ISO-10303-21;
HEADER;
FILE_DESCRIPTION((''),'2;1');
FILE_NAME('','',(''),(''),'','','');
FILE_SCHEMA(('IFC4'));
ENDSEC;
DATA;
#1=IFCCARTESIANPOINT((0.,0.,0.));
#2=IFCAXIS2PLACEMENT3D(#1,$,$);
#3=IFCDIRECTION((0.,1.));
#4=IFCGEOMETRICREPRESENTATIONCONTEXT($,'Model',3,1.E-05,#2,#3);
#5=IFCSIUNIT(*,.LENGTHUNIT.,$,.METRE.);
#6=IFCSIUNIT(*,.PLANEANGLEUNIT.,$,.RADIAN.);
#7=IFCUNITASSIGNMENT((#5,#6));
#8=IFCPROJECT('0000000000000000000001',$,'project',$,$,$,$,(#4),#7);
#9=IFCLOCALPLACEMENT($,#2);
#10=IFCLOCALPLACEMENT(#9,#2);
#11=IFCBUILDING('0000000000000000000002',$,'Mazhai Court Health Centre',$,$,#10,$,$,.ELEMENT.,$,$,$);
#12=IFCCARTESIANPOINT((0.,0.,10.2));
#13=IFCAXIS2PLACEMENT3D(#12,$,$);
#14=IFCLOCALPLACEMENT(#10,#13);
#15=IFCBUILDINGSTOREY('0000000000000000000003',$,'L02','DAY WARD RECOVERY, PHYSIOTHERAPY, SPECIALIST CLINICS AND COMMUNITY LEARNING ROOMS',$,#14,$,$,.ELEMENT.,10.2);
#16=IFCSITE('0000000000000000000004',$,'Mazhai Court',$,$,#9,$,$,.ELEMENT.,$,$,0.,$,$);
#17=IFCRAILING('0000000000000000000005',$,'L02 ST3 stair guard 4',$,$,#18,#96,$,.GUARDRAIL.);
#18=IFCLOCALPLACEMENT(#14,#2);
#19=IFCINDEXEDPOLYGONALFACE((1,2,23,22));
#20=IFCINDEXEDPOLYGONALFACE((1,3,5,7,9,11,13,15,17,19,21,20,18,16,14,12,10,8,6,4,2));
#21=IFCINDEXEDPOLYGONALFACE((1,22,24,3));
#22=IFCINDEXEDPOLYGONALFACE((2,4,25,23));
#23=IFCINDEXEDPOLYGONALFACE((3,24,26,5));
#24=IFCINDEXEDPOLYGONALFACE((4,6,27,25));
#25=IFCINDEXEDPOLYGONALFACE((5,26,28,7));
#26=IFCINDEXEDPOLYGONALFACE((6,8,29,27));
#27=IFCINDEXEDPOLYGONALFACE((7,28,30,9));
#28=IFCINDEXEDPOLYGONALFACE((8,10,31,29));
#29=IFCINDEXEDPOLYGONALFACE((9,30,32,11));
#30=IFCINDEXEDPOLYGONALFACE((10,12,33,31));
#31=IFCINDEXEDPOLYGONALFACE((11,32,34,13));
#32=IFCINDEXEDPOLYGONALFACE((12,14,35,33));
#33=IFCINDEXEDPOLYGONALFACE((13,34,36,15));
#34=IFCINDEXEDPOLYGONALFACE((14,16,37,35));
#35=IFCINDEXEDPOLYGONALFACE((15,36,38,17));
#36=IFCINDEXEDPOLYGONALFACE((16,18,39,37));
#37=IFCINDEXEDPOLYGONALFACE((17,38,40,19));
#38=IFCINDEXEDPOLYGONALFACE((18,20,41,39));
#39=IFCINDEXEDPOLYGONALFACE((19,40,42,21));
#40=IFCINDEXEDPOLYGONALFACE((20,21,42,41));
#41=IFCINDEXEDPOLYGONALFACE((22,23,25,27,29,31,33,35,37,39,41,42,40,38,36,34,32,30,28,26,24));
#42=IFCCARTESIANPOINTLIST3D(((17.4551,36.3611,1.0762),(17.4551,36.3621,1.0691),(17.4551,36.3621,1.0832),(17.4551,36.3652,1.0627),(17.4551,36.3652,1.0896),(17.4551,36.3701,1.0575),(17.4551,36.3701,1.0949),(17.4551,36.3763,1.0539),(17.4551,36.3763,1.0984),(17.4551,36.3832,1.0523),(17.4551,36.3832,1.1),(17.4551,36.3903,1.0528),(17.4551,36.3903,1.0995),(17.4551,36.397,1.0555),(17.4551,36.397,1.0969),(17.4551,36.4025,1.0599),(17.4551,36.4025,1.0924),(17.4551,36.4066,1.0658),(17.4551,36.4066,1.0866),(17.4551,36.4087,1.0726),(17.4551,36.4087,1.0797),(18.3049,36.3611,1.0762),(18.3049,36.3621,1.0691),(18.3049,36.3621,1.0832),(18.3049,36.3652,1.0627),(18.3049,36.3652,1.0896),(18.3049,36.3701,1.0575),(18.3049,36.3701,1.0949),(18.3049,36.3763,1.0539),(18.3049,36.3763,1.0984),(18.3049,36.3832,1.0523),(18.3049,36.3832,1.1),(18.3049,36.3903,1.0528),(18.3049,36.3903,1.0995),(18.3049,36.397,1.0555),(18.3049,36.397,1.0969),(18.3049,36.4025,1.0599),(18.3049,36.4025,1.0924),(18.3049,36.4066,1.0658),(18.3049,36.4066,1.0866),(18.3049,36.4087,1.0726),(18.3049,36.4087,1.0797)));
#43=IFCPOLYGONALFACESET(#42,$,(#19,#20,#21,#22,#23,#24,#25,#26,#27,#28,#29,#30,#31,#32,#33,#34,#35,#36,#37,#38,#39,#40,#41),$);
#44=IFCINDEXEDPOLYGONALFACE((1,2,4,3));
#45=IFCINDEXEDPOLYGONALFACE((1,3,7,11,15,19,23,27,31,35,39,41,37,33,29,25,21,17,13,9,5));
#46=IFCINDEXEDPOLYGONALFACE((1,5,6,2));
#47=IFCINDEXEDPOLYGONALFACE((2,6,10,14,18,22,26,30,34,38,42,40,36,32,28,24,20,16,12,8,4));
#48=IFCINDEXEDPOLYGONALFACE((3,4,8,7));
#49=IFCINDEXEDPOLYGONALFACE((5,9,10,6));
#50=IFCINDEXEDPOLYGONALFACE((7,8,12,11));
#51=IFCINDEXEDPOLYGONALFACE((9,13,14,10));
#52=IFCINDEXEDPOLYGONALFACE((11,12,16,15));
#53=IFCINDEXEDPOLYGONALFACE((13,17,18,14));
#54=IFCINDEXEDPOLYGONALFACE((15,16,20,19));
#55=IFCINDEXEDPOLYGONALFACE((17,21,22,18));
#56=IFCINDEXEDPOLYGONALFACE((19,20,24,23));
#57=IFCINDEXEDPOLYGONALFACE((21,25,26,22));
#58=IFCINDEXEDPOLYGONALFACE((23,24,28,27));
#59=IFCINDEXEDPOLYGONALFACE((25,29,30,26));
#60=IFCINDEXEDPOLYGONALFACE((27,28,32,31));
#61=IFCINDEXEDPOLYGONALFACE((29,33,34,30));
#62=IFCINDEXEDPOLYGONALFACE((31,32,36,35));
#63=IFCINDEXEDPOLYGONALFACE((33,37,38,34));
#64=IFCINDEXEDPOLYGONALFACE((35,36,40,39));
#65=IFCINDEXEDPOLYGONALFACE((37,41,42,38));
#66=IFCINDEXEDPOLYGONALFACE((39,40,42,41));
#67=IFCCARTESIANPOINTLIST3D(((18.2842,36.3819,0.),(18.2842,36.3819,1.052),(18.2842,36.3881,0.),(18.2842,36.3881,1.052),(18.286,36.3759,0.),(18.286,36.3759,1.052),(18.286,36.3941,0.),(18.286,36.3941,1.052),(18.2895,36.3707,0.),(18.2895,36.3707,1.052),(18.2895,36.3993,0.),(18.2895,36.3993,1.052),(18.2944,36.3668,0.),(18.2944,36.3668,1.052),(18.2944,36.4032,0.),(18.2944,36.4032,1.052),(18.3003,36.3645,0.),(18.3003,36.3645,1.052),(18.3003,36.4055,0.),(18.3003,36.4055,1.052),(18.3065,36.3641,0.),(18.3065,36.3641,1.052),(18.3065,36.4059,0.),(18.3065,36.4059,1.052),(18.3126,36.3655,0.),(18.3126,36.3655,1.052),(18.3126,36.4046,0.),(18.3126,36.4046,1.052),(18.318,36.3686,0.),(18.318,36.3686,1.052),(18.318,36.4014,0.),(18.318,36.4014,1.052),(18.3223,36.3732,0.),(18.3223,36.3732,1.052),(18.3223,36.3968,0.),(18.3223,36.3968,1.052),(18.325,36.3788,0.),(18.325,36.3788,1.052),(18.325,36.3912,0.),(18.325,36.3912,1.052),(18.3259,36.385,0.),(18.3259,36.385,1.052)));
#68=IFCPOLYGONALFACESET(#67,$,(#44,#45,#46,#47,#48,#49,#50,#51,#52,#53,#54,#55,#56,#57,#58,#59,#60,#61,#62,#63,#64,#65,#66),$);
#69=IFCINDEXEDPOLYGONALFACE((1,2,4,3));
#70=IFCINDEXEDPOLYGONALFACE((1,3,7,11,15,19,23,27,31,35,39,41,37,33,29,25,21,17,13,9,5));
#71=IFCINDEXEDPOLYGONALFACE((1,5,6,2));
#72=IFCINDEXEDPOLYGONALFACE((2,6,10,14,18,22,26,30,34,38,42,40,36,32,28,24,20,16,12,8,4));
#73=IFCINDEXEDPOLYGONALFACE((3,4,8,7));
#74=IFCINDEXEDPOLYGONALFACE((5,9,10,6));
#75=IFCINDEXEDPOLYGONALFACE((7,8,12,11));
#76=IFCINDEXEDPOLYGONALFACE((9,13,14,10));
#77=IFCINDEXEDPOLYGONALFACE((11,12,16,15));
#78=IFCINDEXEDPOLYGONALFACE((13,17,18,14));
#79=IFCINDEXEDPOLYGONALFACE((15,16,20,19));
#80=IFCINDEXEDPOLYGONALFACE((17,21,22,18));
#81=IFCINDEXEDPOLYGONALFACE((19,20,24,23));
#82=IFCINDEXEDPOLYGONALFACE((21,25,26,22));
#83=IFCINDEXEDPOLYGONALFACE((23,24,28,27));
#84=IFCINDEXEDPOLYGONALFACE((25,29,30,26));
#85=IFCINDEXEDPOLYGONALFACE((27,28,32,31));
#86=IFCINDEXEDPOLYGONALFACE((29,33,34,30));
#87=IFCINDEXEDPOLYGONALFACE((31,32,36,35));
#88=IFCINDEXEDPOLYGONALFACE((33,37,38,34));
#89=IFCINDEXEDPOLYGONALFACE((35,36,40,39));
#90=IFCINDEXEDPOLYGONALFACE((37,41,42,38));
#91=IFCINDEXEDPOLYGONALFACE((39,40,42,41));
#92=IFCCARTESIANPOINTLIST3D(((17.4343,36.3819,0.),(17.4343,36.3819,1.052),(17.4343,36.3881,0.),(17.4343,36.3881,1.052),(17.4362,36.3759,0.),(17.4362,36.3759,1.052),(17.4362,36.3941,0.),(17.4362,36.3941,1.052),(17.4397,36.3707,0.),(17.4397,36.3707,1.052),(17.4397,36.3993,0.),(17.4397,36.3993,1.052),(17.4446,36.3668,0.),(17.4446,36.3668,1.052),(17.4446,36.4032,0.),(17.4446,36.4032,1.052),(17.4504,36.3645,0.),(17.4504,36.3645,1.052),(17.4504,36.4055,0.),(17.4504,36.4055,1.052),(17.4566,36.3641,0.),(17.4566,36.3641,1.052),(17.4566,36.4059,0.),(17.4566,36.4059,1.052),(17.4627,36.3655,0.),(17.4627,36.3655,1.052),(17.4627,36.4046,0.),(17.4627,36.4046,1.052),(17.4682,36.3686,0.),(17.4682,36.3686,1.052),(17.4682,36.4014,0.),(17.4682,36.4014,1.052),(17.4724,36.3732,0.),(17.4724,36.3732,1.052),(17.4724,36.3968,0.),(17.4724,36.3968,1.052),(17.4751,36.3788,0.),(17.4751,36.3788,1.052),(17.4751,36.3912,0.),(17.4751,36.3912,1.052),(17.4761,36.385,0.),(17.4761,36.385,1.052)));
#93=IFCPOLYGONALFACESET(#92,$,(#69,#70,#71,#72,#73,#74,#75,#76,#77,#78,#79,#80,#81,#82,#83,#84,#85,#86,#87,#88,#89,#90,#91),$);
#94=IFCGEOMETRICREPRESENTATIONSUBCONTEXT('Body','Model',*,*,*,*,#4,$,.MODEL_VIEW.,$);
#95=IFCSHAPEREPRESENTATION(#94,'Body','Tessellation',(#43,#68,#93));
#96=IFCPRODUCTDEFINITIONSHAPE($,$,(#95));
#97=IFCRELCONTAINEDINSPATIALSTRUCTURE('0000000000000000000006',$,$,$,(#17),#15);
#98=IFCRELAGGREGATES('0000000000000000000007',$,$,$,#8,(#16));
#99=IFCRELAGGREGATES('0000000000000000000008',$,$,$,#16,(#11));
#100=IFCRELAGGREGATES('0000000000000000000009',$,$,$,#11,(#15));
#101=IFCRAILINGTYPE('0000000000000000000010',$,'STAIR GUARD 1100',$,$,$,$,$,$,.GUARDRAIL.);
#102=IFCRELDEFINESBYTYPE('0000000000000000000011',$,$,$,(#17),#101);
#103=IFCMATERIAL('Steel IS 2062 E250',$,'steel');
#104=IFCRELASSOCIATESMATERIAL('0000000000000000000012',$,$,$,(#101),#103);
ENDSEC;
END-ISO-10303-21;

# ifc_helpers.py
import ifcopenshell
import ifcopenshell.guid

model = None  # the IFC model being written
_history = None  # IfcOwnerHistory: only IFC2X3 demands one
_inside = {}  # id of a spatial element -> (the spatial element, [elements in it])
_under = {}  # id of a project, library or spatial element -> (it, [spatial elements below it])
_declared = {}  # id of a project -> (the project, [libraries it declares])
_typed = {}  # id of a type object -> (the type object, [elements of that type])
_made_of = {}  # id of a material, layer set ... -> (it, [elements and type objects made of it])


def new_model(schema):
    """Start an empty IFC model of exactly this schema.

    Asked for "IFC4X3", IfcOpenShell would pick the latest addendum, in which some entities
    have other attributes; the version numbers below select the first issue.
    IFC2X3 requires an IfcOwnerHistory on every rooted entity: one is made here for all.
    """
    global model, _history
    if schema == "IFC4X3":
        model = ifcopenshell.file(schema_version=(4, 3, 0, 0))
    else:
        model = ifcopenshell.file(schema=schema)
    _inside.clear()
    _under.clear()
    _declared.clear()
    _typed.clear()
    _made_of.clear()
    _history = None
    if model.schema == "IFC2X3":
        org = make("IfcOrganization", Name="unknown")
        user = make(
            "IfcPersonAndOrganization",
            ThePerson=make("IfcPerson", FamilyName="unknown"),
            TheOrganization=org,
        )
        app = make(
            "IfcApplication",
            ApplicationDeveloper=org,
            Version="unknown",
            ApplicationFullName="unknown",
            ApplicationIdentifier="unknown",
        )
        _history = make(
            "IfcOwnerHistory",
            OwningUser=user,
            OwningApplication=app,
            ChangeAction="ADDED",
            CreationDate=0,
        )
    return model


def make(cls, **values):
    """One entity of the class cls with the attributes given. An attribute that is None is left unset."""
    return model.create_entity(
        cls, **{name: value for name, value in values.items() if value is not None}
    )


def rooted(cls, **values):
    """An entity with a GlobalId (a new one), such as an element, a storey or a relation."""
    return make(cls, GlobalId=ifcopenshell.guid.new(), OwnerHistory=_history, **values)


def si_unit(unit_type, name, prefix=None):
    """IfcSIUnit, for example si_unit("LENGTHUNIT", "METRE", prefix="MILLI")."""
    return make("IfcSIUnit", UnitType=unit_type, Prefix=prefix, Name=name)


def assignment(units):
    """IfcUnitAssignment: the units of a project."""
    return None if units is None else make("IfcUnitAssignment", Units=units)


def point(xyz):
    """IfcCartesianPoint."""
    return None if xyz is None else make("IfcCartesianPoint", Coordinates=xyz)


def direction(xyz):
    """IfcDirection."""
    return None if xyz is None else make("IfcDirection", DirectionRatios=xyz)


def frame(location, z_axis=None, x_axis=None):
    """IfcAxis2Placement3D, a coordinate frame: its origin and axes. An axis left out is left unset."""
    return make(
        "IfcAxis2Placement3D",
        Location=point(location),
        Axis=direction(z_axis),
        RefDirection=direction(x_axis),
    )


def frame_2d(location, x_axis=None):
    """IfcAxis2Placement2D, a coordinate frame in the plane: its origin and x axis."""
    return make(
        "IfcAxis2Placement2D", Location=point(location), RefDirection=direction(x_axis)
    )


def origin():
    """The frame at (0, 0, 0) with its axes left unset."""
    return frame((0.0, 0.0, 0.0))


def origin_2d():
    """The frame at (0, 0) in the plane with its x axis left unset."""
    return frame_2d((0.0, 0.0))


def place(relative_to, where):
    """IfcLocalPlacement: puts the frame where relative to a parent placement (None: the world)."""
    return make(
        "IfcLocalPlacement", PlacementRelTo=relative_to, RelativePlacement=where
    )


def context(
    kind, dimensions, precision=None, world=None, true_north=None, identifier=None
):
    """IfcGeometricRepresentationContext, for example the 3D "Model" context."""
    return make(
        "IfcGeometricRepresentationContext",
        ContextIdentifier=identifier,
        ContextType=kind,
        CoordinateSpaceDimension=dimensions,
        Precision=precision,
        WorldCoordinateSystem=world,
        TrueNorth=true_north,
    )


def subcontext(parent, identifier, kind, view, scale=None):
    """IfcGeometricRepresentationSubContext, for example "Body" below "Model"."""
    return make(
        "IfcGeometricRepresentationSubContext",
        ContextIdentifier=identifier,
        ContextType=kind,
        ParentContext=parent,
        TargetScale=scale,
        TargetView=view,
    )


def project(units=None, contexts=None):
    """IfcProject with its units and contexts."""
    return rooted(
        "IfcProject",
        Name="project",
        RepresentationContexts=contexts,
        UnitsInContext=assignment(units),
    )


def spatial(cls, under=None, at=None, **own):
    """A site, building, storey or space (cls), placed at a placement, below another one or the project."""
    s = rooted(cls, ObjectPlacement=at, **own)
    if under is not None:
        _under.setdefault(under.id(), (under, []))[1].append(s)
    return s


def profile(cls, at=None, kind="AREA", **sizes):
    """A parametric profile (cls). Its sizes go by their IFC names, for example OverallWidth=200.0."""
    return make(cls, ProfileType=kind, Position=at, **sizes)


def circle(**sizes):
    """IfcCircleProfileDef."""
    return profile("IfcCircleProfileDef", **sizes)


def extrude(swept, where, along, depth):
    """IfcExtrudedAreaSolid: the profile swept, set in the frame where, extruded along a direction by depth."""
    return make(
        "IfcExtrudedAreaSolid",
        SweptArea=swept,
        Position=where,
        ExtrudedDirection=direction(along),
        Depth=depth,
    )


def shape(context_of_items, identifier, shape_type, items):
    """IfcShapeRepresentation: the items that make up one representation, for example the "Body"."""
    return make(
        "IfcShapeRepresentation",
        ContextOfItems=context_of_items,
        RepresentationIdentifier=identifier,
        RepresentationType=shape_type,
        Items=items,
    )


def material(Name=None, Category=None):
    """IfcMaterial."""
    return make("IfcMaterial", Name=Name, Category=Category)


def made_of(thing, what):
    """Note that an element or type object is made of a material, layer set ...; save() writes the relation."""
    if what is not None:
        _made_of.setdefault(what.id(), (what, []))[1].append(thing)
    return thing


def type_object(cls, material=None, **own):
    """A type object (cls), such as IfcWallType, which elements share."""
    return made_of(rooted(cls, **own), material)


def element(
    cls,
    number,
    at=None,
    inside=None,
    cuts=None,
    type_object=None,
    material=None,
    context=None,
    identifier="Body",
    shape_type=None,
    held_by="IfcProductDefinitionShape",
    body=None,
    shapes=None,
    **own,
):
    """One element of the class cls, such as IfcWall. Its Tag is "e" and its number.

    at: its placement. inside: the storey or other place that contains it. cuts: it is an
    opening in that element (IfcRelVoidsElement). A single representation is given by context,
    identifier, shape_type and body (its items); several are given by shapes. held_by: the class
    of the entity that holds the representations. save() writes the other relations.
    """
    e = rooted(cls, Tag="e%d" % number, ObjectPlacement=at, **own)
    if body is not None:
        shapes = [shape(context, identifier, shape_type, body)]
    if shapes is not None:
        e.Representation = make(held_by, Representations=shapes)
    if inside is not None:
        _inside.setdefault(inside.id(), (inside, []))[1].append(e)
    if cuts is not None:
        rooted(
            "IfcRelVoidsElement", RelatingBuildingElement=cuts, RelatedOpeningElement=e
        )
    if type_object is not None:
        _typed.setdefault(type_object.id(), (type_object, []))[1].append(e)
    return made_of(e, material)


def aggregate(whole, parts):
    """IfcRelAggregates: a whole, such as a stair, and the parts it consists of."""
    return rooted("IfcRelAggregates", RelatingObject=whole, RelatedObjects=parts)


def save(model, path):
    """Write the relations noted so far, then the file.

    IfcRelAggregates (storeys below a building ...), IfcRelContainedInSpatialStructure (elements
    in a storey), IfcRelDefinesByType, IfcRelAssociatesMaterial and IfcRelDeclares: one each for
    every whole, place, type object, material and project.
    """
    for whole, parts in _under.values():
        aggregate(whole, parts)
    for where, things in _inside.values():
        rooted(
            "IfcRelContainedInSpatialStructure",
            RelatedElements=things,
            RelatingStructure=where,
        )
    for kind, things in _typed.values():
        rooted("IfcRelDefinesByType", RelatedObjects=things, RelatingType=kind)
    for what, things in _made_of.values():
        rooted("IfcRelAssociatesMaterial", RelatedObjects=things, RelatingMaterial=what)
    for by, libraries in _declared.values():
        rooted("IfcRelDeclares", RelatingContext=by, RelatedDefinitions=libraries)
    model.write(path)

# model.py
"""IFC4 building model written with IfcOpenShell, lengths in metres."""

from ifc_helpers import new_model, si_unit, direction, frame, origin, origin_2d, place, context, subcontext, project, spatial, circle, extrude, material, type_object, element, save


model = new_model("IFC4")

# Units and contexts
model_context = context("Model", 3, precision=1e-05, world=origin(), true_north=direction((0.0, 1.0)))
body_context = subcontext(model_context, "Body", "Model", "MODEL_VIEW")
ifc_project = project(units=[si_unit("LENGTHUNIT", "METRE"), si_unit("PLANEANGLEUNIT", "RADIAN")], contexts=[model_context])

# Site, building, storey
site_placement = place(None, origin())
site = spatial("IfcSite", under=ifc_project, at=site_placement, Name="Mazhai Court", CompositionType="ELEMENT", RefElevation=0.0)
building_placement = place(site_placement, origin())
building = spatial("IfcBuilding", under=site, at=building_placement, Name="Mazhai Court Health Centre", CompositionType="ELEMENT")
storey_placement = place(building_placement, frame((0.0, 0.0, 10.2)))
storey = spatial("IfcBuildingStorey", under=building, at=storey_placement, Name="L02", Description="DAY WARD RECOVERY, PHYSIOTHERAPY, SPECIALIST CLINICS AND COMMUNITY LEARNING ROOMS", CompositionType="ELEMENT", Elevation=10.2)

# Railing
ifc_material_1 = material(Name="Steel IS 2062 E250", Category="steel")
railing_type_1 = type_object("IfcRailingType", Name="STAIR GUARD 1100", PredefinedType="GUARDRAIL", material=ifc_material_1)
railing_1_placement = place(storey_placement, frame((18.3049, 36.385, 0.0)))
element("IfcRailing", 1, at=railing_1_placement, inside=storey, type_object=railing_type_1, Name="L02 ST3 stair guard 4", PredefinedType="GUARDRAIL", context=body_context, shape_type="SweptSolid", body=[
    extrude(circle(Radius=0.0239, at=origin_2d()), frame((0.0, 0.0, 1.0762), z_axis=(-1.0, 0.0, 0.0), x_axis=(0.0, -1.0, 0.0)), (0.0, 0.0, 1.0), 0.8499),
    extrude(circle(Radius=0.021, at=origin_2d()), origin(), (0.0, 0.0, 1.0), 1.052),
    extrude(circle(Radius=0.021, at=origin_2d()), frame((-0.8499, 0.0, 0.0)), (0.0, 0.0, 1.0), 1.052),
])

save(model, "model.ifc")
